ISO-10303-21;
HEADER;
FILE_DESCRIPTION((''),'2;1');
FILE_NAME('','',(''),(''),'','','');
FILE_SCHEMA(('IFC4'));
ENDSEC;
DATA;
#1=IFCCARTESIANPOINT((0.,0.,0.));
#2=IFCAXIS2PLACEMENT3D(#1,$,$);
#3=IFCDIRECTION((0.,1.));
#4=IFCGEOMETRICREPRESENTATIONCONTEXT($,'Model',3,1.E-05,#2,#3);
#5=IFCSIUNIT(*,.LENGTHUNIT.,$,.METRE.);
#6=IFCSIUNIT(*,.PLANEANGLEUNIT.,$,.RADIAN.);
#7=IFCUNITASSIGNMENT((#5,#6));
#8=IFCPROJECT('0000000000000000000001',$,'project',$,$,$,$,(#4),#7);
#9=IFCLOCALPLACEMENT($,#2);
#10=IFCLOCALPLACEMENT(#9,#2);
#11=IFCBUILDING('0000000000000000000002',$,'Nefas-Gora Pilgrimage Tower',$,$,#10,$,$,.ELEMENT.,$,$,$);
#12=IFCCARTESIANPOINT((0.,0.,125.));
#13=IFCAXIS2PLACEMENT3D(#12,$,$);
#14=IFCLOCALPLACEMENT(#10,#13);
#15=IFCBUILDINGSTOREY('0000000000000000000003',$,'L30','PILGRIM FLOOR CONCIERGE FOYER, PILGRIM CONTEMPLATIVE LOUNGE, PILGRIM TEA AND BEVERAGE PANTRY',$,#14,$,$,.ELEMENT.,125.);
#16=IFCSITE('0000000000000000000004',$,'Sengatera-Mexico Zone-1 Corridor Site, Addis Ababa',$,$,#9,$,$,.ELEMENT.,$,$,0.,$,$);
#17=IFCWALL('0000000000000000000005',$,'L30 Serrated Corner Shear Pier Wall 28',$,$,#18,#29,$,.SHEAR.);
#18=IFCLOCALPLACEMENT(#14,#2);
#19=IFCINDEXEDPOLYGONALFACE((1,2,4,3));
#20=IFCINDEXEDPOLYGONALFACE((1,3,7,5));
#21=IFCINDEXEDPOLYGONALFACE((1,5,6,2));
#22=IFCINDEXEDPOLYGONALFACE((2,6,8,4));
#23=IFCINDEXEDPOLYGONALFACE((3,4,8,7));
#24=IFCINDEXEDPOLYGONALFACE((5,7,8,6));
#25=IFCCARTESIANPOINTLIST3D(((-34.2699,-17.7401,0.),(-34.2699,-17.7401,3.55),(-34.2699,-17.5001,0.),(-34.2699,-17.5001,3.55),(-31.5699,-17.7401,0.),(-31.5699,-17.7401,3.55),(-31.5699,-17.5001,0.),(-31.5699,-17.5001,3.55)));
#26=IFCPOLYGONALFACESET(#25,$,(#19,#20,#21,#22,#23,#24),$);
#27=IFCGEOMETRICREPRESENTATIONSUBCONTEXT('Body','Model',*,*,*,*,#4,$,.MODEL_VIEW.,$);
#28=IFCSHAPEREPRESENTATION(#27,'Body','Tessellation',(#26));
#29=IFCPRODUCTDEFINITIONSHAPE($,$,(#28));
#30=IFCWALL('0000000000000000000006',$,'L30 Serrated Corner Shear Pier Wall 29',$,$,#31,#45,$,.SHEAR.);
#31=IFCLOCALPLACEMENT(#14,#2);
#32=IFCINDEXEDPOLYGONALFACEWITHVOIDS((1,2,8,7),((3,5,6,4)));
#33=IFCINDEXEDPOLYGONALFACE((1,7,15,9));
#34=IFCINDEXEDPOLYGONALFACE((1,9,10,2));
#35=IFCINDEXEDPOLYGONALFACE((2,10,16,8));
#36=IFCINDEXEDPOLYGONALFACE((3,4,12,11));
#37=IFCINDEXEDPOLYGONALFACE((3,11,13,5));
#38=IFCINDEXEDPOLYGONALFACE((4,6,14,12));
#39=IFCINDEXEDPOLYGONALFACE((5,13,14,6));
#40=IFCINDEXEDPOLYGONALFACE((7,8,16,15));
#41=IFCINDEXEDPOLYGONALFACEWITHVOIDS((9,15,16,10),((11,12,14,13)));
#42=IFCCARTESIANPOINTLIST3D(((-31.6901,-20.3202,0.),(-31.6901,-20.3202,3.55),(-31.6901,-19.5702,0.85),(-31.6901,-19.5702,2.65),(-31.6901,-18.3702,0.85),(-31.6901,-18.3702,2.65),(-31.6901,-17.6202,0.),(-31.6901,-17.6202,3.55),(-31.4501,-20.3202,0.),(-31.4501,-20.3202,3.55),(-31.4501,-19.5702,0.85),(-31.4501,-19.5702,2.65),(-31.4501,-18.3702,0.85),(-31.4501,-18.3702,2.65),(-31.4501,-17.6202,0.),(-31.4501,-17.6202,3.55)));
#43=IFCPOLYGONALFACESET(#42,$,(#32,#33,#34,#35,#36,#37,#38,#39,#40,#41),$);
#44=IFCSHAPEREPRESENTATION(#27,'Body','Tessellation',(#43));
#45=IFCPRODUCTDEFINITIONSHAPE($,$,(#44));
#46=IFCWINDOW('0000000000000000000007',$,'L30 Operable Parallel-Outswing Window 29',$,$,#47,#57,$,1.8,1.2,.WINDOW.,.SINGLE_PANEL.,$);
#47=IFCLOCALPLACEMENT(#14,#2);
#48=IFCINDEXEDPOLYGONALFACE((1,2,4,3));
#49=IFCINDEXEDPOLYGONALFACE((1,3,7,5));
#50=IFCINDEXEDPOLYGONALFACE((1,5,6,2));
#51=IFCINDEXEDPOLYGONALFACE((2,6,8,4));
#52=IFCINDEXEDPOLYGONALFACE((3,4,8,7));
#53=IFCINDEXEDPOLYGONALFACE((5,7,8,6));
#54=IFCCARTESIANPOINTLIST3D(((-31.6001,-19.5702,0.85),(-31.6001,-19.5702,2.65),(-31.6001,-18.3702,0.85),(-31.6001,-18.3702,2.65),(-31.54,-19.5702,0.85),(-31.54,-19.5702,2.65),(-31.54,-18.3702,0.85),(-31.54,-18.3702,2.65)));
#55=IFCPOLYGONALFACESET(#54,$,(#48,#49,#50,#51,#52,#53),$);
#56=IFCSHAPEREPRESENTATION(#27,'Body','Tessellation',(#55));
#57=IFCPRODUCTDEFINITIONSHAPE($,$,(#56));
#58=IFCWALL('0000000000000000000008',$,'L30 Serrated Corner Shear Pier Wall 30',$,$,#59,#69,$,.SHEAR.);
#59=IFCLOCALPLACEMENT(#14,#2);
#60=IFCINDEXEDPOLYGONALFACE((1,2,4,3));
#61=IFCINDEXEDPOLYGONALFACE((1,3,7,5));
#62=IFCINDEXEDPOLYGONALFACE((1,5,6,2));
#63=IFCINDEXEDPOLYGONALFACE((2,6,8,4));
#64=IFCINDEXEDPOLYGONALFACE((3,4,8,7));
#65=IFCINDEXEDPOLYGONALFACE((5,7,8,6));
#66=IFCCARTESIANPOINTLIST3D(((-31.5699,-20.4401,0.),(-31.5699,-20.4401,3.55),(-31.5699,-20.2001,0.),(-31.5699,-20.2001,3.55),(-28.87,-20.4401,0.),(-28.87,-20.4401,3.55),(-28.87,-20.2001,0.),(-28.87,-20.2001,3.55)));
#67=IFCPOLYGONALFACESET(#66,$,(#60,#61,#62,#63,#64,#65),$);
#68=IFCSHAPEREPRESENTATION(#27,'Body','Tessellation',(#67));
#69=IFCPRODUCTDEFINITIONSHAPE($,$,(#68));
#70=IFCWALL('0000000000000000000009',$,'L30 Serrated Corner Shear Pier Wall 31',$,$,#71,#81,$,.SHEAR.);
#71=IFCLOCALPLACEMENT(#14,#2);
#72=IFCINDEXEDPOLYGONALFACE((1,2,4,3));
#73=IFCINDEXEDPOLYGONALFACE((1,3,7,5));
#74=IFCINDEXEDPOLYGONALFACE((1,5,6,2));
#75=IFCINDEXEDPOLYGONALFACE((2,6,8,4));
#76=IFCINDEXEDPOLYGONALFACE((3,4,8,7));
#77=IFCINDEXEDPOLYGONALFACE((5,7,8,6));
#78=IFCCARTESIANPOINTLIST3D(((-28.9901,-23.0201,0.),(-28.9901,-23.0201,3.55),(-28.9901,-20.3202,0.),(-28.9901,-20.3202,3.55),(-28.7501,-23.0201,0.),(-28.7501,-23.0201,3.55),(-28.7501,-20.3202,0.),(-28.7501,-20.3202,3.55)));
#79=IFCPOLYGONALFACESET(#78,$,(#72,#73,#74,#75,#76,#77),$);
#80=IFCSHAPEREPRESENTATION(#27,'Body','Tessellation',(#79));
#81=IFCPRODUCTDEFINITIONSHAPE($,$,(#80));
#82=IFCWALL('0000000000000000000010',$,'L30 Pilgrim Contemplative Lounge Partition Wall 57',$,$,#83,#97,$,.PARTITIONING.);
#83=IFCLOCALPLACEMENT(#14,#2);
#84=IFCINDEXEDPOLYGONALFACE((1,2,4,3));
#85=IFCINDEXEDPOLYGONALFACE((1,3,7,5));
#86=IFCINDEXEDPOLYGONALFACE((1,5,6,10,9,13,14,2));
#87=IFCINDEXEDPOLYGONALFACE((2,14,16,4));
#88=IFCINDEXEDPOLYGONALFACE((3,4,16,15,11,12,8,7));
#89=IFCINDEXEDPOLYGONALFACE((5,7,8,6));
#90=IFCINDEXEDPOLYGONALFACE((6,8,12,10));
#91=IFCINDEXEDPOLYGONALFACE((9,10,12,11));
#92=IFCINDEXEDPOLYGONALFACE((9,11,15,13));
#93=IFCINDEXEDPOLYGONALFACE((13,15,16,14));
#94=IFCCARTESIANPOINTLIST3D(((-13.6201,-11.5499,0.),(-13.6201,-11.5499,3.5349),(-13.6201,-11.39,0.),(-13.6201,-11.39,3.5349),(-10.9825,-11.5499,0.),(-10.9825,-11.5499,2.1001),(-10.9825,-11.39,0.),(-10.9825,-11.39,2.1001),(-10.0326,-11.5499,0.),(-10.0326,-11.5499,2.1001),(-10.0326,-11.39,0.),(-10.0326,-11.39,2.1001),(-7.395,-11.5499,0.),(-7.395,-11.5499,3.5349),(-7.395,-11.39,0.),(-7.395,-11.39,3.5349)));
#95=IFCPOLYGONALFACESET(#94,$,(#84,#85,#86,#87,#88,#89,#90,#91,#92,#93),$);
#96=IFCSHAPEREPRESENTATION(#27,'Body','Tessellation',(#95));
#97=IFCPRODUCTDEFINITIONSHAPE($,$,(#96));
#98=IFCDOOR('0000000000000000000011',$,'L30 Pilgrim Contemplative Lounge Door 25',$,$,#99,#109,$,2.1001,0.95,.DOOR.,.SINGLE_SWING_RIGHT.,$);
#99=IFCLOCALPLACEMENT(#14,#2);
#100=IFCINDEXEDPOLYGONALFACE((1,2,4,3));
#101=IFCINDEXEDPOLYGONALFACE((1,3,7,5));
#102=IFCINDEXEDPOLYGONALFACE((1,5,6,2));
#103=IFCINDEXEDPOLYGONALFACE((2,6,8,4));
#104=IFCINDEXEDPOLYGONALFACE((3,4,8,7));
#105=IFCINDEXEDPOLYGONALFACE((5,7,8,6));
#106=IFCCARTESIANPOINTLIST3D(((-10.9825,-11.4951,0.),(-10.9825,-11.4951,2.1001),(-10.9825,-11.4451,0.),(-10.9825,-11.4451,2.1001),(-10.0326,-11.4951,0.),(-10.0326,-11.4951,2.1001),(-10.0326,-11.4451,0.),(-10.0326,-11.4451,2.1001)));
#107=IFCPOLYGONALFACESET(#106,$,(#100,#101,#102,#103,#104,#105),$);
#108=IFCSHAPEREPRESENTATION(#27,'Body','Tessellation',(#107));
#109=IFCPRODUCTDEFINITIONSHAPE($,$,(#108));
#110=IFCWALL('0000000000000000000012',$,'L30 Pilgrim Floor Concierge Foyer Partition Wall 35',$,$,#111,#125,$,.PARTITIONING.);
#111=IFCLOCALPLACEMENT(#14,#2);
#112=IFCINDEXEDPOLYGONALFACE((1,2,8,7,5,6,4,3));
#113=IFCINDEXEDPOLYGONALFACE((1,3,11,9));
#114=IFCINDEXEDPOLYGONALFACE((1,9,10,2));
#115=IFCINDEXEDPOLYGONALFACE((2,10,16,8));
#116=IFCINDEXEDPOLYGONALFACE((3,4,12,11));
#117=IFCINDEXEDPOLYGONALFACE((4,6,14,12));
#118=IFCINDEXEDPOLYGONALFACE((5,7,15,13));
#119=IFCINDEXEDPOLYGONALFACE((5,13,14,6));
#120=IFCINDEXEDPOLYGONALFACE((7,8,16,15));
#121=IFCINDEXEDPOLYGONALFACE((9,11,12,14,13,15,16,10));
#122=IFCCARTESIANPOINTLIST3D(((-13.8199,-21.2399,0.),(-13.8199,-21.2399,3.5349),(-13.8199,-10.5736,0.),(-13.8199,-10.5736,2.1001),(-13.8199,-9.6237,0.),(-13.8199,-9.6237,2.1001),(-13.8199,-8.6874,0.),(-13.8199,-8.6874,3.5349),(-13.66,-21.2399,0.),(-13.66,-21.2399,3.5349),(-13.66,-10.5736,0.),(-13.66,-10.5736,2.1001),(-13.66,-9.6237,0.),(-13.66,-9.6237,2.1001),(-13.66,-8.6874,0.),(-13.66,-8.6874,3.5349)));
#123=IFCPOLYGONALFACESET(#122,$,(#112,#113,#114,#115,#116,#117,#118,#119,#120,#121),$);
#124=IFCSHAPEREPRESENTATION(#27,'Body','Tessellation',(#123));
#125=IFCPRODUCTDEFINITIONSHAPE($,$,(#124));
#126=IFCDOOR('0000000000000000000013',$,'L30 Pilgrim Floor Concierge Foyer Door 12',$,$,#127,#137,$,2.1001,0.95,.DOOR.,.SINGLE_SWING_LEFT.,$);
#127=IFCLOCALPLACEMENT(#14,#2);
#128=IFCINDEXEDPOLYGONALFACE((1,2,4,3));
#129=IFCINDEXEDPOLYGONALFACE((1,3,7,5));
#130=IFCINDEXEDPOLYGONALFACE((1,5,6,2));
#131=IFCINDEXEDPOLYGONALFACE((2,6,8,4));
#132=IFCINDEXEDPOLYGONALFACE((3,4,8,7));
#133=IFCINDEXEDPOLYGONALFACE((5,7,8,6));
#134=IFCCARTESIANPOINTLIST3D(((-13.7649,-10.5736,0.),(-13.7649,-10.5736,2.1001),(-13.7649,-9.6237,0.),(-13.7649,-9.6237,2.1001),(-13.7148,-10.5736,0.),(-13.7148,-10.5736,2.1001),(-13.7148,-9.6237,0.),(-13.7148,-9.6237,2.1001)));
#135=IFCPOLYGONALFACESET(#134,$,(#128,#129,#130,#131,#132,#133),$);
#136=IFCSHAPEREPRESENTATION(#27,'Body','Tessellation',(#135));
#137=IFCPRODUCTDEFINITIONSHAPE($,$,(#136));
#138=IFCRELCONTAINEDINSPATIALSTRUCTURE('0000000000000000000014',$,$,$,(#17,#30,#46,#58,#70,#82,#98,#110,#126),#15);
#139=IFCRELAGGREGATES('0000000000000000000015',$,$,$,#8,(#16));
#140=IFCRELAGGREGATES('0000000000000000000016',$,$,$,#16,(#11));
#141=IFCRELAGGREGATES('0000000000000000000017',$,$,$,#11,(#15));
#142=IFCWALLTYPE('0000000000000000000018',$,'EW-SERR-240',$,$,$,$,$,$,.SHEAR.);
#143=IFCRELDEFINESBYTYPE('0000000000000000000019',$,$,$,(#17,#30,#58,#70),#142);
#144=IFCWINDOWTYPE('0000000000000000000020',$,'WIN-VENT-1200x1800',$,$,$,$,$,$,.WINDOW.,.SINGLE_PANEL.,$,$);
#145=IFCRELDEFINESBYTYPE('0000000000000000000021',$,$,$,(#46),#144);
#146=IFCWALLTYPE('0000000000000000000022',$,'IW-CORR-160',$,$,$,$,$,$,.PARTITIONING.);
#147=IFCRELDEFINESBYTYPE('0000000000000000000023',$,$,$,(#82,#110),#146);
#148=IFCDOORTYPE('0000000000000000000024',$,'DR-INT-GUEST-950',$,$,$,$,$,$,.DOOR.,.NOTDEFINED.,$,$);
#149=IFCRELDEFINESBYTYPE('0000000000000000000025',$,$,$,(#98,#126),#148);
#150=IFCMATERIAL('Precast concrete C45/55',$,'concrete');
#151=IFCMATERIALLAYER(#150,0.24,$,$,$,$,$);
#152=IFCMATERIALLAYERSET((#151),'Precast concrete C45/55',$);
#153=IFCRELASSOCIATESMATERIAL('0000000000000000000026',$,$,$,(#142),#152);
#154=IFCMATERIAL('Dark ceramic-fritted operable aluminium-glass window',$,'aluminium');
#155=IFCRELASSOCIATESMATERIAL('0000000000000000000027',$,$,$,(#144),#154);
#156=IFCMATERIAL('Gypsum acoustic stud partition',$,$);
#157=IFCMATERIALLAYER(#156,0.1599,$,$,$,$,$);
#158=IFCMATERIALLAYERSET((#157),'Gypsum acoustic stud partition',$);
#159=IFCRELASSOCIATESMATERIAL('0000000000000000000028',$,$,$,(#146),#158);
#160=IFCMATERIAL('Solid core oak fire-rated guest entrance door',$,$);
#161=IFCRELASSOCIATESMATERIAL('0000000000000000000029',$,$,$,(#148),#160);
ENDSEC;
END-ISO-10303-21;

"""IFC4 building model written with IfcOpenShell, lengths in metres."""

from ifc_helpers import new_model, si_unit, direction, frame, frame_2d, origin, place, context, subcontext, project, spatial, rectangle, extrude, source, transform, mapped, material, layer, layer_set, type_object, element, fill, save


model = new_model("IFC4")

# Units and contexts
model_context = context("Model", 3, precision=1e-05, world=origin(), true_north=direction((0.0, 1.0)))
body_context = subcontext(model_context, "Body", "Model", "MODEL_VIEW")
ifc_project = project(units=[si_unit("LENGTHUNIT", "METRE"), si_unit("PLANEANGLEUNIT", "RADIAN")], contexts=[model_context])

# Site, building, storey
site_placement = place(None, origin())
site = spatial("IfcSite", under=ifc_project, at=site_placement, Name="Sengatera-Mexico Zone-1 Corridor Site, Addis Ababa", CompositionType="ELEMENT", RefElevation=0.0)
building_placement = place(site_placement, origin())
building = spatial("IfcBuilding", under=site, at=building_placement, Name="Nefas-Gora Pilgrimage Tower", CompositionType="ELEMENT")
storey_placement = place(building_placement, frame((0.0, 0.0, 125.0)))
storey = spatial("IfcBuildingStorey", under=building, at=storey_placement, Name="L30", Description="PILGRIM FLOOR CONCIERGE FOYER, PILGRIM CONTEMPLATIVE LOUNGE, PILGRIM TEA AND BEVERAGE PANTRY", CompositionType="ELEMENT", Elevation=125.0)

# Wall
ifc_material_1 = material(Name="Precast concrete C45/55", Category="concrete")
ifc_layer_1 = layer(ifc_material_1, 0.24)
ifc_layer_set_1 = layer_set([ifc_layer_1], Name="Precast concrete C45/55")
wall_type_1 = type_object("IfcWallType", Name="EW-SERR-240", PredefinedType="SHEAR", material=ifc_layer_set_1)
shared_shape_1 = source(origin(), body_context, "Body", "SweptSolid", [
    extrude(rectangle(XDim=2.7, YDim=0.24, at=frame_2d((1.3501, 0.0))), origin(), (0.0, 0.0, 1.0), 3.55),
])
wall_1_placement = place(storey_placement, frame((-34.27, -17.6201, 0.0), z_axis=(0.0, 0.0, 1.0), x_axis=(1.0, 0.0, 0.0)))
element("IfcWall", 1, at=wall_1_placement, inside=storey, type_object=wall_type_1, Name="L30 Serrated Corner Shear Pier Wall 28", PredefinedType="SHEAR", context=body_context, shape_type="MappedRepresentation", body=[
    mapped(shared_shape_1, transform((0.0, 0.0, 0.0), x_axis=(1.0, 0.0, 0.0), y_axis=(0.0, 1.0, 0.0), z_axis=(0.0, 0.0, 1.0), scale=1.0)),
])

# Wall, opening, window
wall_2_placement = place(storey_placement, frame((-31.5701, -17.6201, 0.0), z_axis=(0.0, 0.0, 1.0), x_axis=(0.0, -1.0, 0.0)))
wall_2 = element("IfcWall", 2, at=wall_2_placement, inside=storey, type_object=wall_type_1, Name="L30 Serrated Corner Shear Pier Wall 29", PredefinedType="SHEAR", context=body_context, shape_type="MappedRepresentation", body=[
    mapped(shared_shape_1, transform((0.0, 0.0, 0.0), x_axis=(1.0, 0.0, 0.0), y_axis=(0.0, 1.0, 0.0), z_axis=(0.0, 0.0, 1.0), scale=1.0)),
])
opening_1_placement = place(wall_2_placement, frame((0.75, 0.0, 0.8501)))
opening_1 = element("IfcOpeningElement", 3, at=opening_1_placement, cuts=wall_2, PredefinedType="OPENING", context=body_context, shape_type="SweptSolid", body=[
    extrude(rectangle(XDim=1.2, YDim=1.8, at=frame_2d((0.6001, 0.8999))), frame((0.0, 0.1299, 0.0), z_axis=(0.0, -1.0, 0.0), x_axis=(1.0, 0.0, 0.0)), (0.0, 0.0, 1.0), 0.26),
])
ifc_material_2 = material(Name="Dark ceramic-fritted operable aluminium-glass window", Category="aluminium")
window_type = type_object("IfcWindowType", Name="WIN-VENT-1200x1800", PartitioningType="SINGLE_PANEL", PredefinedType="WINDOW", material=ifc_material_2)
shared_shape_2 = source(origin(), body_context, "Body", "SweptSolid", [
    extrude(rectangle(XDim=1.2, YDim=1.8, at=frame_2d((0.6001, 0.8999))), frame((0.0, 0.03, 0.0), z_axis=(0.0, -1.0, 0.0), x_axis=(1.0, 0.0, 0.0)), (0.0, 0.0, 1.0), 0.0601),
])
window_placement = place(opening_1_placement, origin())
window = element("IfcWindow", 4, at=window_placement, inside=storey, type_object=window_type, Name="L30 Operable Parallel-Outswing Window 29", OverallHeight=1.8, OverallWidth=1.2, PartitioningType="SINGLE_PANEL", PredefinedType="WINDOW", context=body_context, shape_type="MappedRepresentation", body=[
    mapped(shared_shape_2, transform((0.0, 0.0, 0.0), x_axis=(1.0, 0.0, 0.0), y_axis=(0.0, 1.0, 0.0), z_axis=(0.0, 0.0, 1.0), scale=1.0)),
])
fill(opening_1, window)

# Walls
for number, where, z_axis, x_axis, name in (
    (5, (-31.5701, -20.3201, 0.0), (0.0, 0.0, 1.0), (1.0, 0.0, 0.0), "L30 Serrated Corner Shear Pier Wall 30"),
    (6, (-28.8701, -20.3201, 0.0), (0.0, 0.0, 1.0), (0.0, -1.0, 0.0), "L30 Serrated Corner Shear Pier Wall 31"),
):
    element("IfcWall", number, at=place(storey_placement, frame(where, z_axis=z_axis, x_axis=x_axis)), inside=storey, type_object=wall_type_1, Name=name, PredefinedType="SHEAR", context=body_context, shape_type="MappedRepresentation", body=[
        mapped(shared_shape_1, transform((0.0, 0.0, 0.0), x_axis=(1.0, 0.0, 0.0), y_axis=(0.0, 1.0, 0.0), z_axis=(0.0, 0.0, 1.0), scale=1.0)),
    ])

# Walls, openings, doors
ifc_material_3 = material(Name="Gypsum acoustic stud partition")
ifc_layer_2 = layer(ifc_material_3, 0.1599)
ifc_layer_set_2 = layer_set([ifc_layer_2], Name="Gypsum acoustic stud partition")
wall_type_2 = type_object("IfcWallType", Name="IW-CORR-160", PredefinedType="PARTITIONING", material=ifc_layer_set_2)
shared_shape_3 = source(origin(), body_context, "Body", "SweptSolid", [
    extrude(rectangle(XDim=6.2251, YDim=0.1599, at=frame_2d((3.1125, 0.0))), origin(), (0.0, 0.0, 1.0), 3.5349),
])
wall_3_placement = place(storey_placement, frame((-13.6201, -11.47, 0.0), z_axis=(0.0, 0.0, 1.0), x_axis=(1.0, 0.0, 0.0)))
wall_3 = element("IfcWall", 7, at=wall_3_placement, inside=storey, type_object=wall_type_2, Name="L30 Pilgrim Contemplative Lounge Partition Wall 57", PredefinedType="PARTITIONING", context=body_context, shape_type="MappedRepresentation", body=[
    mapped(shared_shape_3, transform((0.0, 0.0, 0.0), x_axis=(1.0, 0.0, 0.0), y_axis=(0.0, 1.0, 0.0), z_axis=(0.0, 0.0, 1.0), scale=1.0)),
])
opening_2_placement = place(wall_3_placement, frame((2.6375, 0.0, 0.0)))
opening_2 = element("IfcOpeningElement", 8, at=opening_2_placement, cuts=wall_3, PredefinedType="OPENING", context=body_context, shape_type="SweptSolid", body=[
    extrude(rectangle(XDim=0.95, YDim=2.1001, at=frame_2d((0.4751, 1.05))), frame((0.0, 0.0898, 0.0), z_axis=(0.0, -1.0, 0.0), x_axis=(1.0, 0.0, 0.0)), (0.0, 0.0, 1.0), 0.1799),
])
ifc_material_4 = material(Name="Solid core oak fire-rated guest entrance door")
door_type = type_object("IfcDoorType", Name="DR-INT-GUEST-950", OperationType="NOTDEFINED", PredefinedType="DOOR", material=ifc_material_4)
shared_shape_4 = source(origin(), body_context, "Body", "SweptSolid", [
    extrude(rectangle(XDim=0.95, YDim=2.1001, at=frame_2d((0.4751, 1.05))), frame((0.0, 0.0249, 0.0), z_axis=(0.0, -1.0, 0.0), x_axis=(1.0, 0.0, 0.0)), (0.0, 0.0, 1.0), 0.05),
])
door_1_placement = place(opening_2_placement, origin())
door_1 = element("IfcDoor", 9, at=door_1_placement, inside=storey, type_object=door_type, Name="L30 Pilgrim Contemplative Lounge Door 25", OperationType="SINGLE_SWING_RIGHT", OverallHeight=2.1001, OverallWidth=0.95, PredefinedType="DOOR", context=body_context, shape_type="MappedRepresentation", body=[
    mapped(shared_shape_4, transform((0.0, 0.0, 0.0), x_axis=(1.0, 0.0, 0.0), y_axis=(0.0, 1.0, 0.0), z_axis=(0.0, 0.0, 1.0), scale=1.0)),
])
fill(opening_2, door_1)
shared_shape_5 = source(origin(), body_context, "Body", "SweptSolid", [
    extrude(rectangle(XDim=12.5525, YDim=0.1599, at=frame_2d((6.2764, 0.0))), origin(), (0.0, 0.0, 1.0), 3.5349),
])
wall_4_placement = place(storey_placement, frame((-13.74, -21.24, 0.0), z_axis=(0.0, 0.0, 1.0), x_axis=(0.0, 1.0, 0.0)))
wall_4 = element("IfcWall", 10, at=wall_4_placement, inside=storey, type_object=wall_type_2, Name="L30 Pilgrim Floor Concierge Foyer Partition Wall 35", PredefinedType="PARTITIONING", context=body_context, shape_type="MappedRepresentation", body=[
    mapped(shared_shape_5, transform((0.0, 0.0, 0.0), x_axis=(1.0, 0.0, 0.0), y_axis=(0.0, 1.0, 0.0), z_axis=(0.0, 0.0, 1.0), scale=1.0)),
])
opening_3_placement = place(wall_4_placement, frame((10.6663, 0.0, 0.0)))
opening_3 = element("IfcOpeningElement", 11, at=opening_3_placement, cuts=wall_4, PredefinedType="OPENING", context=body_context, shape_type="SweptSolid", body=[
    extrude(rectangle(XDim=0.95, YDim=2.1001, at=frame_2d((0.4751, 1.05))), frame((0.0, 0.0898, 0.0), z_axis=(0.0, -1.0, 0.0), x_axis=(1.0, 0.0, 0.0)), (0.0, 0.0, 1.0), 0.1799),
])
door_2_placement = place(opening_3_placement, origin())
door_2 = element("IfcDoor", 12, at=door_2_placement, inside=storey, type_object=door_type, Name="L30 Pilgrim Floor Concierge Foyer Door 12", OperationType="SINGLE_SWING_LEFT", OverallHeight=2.1001, OverallWidth=0.95, PredefinedType="DOOR", context=body_context, shape_type="MappedRepresentation", body=[
    mapped(shared_shape_4, transform((0.0, 0.0, 0.0), x_axis=(1.0, 0.0, 0.0), y_axis=(0.0, 1.0, 0.0), z_axis=(0.0, 0.0, 1.0), scale=1.0)),
])
fill(opening_3, door_2)

save(model, "model.ifc")
